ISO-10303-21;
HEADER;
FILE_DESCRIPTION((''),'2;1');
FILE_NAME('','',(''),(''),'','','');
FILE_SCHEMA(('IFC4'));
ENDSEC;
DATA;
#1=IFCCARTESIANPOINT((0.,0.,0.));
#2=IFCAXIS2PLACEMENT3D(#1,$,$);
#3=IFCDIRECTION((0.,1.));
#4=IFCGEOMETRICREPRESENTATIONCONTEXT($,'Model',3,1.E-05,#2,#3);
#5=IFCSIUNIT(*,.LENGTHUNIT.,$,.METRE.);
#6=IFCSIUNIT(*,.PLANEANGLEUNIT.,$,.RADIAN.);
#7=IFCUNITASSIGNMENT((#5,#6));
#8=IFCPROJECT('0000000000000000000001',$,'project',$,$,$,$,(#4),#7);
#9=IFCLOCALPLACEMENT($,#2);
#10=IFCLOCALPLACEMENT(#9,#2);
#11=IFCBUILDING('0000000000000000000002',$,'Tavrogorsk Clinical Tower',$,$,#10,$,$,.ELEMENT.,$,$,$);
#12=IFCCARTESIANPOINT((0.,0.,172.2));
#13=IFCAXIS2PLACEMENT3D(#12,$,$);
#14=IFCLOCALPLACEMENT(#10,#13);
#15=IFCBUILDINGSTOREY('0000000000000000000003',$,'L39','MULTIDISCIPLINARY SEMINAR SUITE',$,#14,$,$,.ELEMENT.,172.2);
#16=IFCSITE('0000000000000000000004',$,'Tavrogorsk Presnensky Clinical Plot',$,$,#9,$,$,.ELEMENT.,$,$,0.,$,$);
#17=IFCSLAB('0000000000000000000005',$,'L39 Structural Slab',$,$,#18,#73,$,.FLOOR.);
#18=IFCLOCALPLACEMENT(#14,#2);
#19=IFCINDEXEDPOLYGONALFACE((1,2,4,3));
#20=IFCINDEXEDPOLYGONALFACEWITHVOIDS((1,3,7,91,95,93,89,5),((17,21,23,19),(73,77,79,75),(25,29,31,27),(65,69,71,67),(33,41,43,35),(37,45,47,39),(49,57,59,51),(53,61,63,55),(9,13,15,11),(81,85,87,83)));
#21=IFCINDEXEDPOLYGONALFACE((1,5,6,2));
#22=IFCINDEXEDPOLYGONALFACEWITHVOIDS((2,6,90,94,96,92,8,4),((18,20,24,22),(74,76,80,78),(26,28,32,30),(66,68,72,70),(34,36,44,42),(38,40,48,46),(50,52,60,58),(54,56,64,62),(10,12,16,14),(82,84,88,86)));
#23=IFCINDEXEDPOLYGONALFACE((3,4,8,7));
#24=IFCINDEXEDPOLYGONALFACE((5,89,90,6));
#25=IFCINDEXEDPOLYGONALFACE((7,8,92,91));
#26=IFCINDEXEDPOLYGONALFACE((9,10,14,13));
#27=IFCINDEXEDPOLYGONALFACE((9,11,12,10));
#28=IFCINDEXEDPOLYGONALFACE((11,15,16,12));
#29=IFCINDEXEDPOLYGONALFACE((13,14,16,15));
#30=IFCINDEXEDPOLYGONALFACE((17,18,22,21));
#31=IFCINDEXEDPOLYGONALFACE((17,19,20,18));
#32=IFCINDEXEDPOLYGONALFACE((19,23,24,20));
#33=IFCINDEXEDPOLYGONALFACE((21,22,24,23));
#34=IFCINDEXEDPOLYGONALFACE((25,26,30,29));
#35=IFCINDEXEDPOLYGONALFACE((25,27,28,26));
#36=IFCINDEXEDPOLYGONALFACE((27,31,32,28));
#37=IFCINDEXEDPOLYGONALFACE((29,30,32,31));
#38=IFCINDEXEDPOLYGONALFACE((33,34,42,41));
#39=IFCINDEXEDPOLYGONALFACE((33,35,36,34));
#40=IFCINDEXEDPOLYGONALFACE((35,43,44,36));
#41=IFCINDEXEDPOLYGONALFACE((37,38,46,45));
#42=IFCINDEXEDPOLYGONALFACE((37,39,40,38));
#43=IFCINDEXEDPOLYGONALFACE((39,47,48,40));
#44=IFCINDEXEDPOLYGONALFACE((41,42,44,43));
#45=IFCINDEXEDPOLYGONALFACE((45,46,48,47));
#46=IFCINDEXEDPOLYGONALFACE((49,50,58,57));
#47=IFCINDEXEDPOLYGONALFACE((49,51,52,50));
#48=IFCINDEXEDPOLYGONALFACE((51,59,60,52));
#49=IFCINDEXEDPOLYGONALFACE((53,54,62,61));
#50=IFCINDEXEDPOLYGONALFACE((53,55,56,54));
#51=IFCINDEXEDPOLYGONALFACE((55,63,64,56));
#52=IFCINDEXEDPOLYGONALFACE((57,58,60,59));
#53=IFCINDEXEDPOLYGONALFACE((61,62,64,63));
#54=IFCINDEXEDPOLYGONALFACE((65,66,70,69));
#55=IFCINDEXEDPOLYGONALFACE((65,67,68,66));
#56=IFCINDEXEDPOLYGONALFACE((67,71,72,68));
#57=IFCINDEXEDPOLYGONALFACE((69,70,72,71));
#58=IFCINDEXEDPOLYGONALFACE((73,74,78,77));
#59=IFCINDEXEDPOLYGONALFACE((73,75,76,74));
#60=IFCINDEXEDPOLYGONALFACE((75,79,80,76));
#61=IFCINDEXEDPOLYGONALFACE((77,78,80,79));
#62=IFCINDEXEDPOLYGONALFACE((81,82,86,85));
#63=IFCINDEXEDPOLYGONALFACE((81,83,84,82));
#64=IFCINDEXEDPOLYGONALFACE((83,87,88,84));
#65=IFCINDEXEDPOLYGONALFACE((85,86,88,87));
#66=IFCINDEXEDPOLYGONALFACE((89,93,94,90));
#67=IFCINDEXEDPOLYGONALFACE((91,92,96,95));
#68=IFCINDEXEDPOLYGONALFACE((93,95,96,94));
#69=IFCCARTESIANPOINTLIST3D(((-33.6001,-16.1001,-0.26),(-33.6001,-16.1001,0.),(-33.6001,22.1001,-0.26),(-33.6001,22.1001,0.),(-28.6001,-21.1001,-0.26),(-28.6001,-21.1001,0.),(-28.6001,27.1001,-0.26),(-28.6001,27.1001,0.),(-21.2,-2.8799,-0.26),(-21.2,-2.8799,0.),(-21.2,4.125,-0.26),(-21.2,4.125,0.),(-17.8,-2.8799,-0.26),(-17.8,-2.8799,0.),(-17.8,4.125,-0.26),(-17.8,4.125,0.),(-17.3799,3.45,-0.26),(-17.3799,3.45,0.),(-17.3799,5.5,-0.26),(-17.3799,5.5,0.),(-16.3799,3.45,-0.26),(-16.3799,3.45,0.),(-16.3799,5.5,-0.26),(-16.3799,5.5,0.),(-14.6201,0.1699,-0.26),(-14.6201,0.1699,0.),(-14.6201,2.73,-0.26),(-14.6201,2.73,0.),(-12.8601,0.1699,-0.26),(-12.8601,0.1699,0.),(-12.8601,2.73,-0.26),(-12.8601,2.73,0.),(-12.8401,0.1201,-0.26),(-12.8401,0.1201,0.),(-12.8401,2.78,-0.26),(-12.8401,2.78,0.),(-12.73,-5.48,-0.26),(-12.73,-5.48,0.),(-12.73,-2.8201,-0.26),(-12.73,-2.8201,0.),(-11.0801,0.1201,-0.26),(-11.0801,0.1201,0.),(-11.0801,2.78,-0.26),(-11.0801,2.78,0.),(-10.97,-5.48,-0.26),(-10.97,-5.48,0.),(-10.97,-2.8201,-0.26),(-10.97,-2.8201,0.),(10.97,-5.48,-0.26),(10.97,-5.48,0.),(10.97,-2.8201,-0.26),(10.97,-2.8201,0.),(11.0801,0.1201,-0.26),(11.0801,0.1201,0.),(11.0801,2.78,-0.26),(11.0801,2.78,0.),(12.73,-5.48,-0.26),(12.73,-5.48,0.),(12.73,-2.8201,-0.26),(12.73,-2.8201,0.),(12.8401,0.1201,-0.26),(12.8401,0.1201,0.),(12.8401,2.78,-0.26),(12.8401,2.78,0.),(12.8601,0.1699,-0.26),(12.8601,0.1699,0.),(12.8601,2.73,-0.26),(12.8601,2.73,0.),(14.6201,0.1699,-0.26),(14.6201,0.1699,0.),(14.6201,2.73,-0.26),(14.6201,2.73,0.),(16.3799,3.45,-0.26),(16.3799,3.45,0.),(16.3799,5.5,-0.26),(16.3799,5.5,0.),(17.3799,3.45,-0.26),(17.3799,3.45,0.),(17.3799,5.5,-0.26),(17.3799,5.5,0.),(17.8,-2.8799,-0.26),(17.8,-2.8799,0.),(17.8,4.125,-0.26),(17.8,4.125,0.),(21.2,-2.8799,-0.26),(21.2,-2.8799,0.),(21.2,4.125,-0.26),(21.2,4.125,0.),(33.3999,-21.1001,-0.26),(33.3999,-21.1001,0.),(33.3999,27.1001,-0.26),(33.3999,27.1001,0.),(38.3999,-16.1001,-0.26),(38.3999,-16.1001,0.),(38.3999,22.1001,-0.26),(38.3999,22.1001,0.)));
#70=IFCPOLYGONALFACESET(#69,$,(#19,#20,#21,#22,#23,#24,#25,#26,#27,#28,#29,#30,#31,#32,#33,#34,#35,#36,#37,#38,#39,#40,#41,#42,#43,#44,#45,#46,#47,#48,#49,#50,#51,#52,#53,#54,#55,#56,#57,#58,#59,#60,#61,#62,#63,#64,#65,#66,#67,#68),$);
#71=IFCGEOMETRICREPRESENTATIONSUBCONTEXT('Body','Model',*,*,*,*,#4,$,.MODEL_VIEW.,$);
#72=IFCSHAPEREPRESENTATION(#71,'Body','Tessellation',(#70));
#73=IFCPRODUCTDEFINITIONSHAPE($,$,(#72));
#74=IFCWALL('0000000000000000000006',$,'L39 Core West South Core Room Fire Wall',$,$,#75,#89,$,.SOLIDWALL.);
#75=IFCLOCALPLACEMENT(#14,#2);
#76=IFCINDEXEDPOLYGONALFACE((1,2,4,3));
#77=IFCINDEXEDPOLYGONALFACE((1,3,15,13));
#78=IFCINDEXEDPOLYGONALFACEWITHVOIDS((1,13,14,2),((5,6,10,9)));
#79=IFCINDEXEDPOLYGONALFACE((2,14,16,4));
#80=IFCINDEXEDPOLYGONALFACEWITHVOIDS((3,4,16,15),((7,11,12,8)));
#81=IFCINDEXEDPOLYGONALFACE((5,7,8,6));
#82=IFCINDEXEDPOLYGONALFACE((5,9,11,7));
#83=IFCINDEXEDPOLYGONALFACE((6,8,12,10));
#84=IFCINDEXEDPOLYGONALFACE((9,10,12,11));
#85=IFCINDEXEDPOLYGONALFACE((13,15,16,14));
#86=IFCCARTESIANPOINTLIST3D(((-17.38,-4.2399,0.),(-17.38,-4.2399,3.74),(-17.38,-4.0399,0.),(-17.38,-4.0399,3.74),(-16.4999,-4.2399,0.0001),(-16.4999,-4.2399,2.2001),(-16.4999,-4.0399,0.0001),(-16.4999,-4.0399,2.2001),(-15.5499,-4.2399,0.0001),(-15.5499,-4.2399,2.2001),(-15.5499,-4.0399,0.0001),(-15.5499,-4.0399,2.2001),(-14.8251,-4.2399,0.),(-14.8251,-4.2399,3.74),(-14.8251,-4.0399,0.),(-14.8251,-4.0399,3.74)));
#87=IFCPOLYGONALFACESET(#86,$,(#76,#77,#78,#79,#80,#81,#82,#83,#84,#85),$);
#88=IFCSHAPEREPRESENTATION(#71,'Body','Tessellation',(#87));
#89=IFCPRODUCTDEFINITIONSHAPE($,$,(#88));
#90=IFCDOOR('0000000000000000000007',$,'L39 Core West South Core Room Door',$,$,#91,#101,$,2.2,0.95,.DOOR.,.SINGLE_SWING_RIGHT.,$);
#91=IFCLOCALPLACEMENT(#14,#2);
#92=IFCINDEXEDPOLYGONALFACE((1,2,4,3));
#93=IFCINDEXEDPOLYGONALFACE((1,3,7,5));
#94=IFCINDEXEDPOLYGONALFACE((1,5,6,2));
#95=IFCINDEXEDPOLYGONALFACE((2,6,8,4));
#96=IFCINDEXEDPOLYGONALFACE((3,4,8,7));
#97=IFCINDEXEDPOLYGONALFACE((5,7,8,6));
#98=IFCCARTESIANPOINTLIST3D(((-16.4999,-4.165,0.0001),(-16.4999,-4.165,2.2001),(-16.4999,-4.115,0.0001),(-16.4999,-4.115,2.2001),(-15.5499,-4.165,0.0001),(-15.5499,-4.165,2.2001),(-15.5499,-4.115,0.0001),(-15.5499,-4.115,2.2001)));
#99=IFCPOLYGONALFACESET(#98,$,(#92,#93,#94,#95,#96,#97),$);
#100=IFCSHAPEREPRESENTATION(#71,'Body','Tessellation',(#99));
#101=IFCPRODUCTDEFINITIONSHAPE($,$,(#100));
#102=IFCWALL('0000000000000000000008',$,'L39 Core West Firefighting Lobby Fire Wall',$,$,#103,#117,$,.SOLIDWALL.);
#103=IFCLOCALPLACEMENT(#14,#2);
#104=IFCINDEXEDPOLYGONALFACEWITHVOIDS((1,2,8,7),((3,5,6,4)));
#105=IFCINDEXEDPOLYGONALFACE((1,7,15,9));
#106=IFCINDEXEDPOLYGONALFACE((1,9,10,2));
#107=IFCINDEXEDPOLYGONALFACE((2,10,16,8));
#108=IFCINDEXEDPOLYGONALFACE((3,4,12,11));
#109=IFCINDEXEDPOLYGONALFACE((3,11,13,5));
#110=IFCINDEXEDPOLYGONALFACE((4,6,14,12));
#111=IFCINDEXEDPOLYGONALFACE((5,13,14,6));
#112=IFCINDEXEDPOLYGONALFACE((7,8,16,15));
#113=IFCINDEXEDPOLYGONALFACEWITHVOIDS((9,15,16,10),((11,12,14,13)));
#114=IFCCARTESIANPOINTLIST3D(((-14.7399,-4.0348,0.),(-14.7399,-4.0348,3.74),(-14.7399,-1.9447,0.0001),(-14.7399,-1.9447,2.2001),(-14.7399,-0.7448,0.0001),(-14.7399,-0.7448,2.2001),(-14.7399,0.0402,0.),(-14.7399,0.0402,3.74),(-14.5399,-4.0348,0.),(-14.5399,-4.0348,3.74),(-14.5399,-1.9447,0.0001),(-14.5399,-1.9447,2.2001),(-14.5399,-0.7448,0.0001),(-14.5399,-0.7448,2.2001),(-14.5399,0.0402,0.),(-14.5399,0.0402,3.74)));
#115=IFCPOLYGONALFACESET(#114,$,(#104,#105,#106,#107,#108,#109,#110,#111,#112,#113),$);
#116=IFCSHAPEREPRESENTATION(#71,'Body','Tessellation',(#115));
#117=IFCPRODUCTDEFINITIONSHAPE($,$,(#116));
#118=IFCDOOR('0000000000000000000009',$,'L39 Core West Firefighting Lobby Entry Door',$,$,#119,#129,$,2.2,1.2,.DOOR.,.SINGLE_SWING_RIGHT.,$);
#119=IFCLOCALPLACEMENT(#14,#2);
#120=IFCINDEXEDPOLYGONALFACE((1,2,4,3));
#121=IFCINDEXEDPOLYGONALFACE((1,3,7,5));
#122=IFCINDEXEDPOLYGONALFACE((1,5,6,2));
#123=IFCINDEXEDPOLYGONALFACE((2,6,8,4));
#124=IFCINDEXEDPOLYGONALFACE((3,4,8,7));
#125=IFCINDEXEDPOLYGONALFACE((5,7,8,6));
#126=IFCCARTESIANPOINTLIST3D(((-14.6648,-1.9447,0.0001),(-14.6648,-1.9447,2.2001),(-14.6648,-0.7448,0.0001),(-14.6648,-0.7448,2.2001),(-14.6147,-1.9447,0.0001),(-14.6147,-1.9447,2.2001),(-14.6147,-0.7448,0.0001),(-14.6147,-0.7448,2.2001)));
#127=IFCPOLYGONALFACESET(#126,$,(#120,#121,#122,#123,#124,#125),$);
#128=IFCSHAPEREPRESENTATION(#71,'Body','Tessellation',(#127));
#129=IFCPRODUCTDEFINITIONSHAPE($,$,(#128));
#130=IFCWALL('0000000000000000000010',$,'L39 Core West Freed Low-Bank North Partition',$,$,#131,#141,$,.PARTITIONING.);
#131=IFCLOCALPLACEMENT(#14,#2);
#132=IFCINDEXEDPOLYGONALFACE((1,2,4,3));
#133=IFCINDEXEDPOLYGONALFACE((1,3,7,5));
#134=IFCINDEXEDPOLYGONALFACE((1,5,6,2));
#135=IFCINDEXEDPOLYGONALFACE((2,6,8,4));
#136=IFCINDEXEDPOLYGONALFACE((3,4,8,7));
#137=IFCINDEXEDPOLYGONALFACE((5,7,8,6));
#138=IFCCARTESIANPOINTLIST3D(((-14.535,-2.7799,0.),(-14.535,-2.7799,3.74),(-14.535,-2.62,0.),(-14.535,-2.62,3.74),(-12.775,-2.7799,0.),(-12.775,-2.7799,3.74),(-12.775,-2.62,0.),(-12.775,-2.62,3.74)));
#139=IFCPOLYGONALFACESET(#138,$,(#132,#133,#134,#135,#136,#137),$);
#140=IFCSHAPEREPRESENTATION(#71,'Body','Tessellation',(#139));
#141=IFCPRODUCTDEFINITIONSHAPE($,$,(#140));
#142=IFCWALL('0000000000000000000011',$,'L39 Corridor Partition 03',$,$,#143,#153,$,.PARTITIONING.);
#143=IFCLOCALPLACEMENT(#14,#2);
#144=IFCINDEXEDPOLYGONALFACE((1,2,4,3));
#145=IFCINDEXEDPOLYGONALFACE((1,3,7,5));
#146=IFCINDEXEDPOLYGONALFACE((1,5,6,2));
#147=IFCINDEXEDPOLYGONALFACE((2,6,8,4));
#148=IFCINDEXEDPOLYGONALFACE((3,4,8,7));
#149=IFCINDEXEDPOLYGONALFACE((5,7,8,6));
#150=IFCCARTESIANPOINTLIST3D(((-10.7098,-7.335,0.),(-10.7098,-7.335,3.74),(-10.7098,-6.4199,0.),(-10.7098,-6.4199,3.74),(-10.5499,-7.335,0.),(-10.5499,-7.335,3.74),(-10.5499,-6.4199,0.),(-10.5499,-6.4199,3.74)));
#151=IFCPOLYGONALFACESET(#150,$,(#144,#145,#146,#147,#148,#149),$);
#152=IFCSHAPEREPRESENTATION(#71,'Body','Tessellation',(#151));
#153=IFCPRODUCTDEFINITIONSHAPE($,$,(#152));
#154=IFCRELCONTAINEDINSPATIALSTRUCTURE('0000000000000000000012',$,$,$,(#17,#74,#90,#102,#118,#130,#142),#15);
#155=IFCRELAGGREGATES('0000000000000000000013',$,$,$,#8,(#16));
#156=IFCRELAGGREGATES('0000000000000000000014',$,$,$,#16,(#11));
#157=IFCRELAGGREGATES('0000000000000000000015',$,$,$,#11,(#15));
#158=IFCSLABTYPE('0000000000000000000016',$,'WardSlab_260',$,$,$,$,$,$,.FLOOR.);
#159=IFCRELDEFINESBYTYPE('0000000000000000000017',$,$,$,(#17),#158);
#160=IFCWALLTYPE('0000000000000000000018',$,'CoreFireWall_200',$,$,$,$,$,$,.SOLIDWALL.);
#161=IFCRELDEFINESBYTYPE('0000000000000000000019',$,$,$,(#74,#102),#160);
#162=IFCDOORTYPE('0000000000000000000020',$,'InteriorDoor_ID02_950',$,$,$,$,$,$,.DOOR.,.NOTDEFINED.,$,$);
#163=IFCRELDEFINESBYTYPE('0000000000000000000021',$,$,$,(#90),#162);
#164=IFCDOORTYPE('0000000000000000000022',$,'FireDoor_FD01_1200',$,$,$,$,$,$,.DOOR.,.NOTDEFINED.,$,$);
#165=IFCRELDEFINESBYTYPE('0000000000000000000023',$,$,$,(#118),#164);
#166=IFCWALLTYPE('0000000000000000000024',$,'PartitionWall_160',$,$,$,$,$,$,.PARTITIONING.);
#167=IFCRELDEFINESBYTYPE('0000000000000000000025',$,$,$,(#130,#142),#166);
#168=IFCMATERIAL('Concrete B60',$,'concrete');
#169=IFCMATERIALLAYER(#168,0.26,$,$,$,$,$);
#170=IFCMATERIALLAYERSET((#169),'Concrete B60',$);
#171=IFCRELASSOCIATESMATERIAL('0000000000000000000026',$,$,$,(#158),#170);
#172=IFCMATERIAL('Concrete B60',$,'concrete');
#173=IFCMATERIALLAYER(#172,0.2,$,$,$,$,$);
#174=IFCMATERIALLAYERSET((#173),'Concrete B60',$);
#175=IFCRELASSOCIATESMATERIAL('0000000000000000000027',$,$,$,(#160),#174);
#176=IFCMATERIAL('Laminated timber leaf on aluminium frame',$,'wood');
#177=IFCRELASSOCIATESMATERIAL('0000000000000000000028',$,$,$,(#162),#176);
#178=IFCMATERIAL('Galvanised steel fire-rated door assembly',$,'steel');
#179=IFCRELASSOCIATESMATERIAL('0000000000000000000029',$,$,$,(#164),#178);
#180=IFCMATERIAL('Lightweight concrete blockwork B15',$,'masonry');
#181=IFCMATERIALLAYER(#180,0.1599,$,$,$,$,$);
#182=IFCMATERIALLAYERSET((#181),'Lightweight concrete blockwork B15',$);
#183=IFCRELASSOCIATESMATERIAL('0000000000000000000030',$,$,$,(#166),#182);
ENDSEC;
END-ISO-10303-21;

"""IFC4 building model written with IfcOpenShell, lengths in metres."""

from ifc_helpers import new_model, si_unit, direction, frame, frame_2d, origin, place, context, subcontext, project, spatial, polyline, rectangle, outline, extrude, material, layer, layer_set, type_object, element, fill, save


model = new_model("IFC4")

# Units and contexts
model_context = context("Model", 3, precision=1e-05, world=origin(), true_north=direction((0.0, 1.0)))
body_context = subcontext(model_context, "Body", "Model", "MODEL_VIEW")
ifc_project = project(units=[si_unit("LENGTHUNIT", "METRE"), si_unit("PLANEANGLEUNIT", "RADIAN")], contexts=[model_context])

# Site, building, storey
site_placement = place(None, origin())
site = spatial("IfcSite", under=ifc_project, at=site_placement, Name="Tavrogorsk Presnensky Clinical Plot", CompositionType="ELEMENT", RefElevation=0.0)
building_placement = place(site_placement, origin())
building = spatial("IfcBuilding", under=site, at=building_placement, Name="Tavrogorsk Clinical Tower", CompositionType="ELEMENT")
storey_placement = place(building_placement, frame((0.0, 0.0, 172.2)))
storey = spatial("IfcBuildingStorey", under=building, at=storey_placement, Name="L39", Description="MULTIDISCIPLINARY SEMINAR SUITE", CompositionType="ELEMENT", Elevation=172.2)

# Slab
ifc_material_1 = material(Name="Concrete B60", Category="concrete")
ifc_layer_1 = layer(ifc_material_1, 0.26)
ifc_layer_set_1 = layer_set([ifc_layer_1], Name="Concrete B60")
slab_type_1 = type_object("IfcSlabType", Name="WardSlab_260", PredefinedType="FLOOR", material=ifc_layer_set_1)
slab_1_placement = place(storey_placement, frame((0.0, 0.0, -0.26)))
element("IfcSlab", 1, at=slab_1_placement, inside=storey, type_object=slab_type_1, Name="L39 Structural Slab", PredefinedType="FLOOR", context=body_context, shape_type="SweptSolid", body=[
    extrude(outline(polyline([(-28.6001, -21.1001), (33.3999, -21.1001), (38.3999, -16.1001), (38.3999, 22.1001), (33.3999, 27.1001), (-28.6001, 27.1001), (-33.6001, 22.1001), (-33.6001, -16.1001), (-28.6001, -21.1001)]), holes=[polyline([(-17.8, -2.8799), (-17.8, 4.125), (-21.2, 4.125), (-21.2, -2.8799), (-17.8, -2.8799)]), polyline([(21.2, -2.8799), (21.2, 4.125), (17.8, 4.125), (17.8, -2.8799), (21.2, -2.8799)]), polyline([(-14.6201, 0.1699), (-12.8601, 0.1699), (-12.8601, 2.73), (-14.6201, 2.73), (-14.6201, 0.1699)]), polyline([(-12.73, -5.48), (-10.97, -5.48), (-10.97, -2.8201), (-12.73, -2.8201), (-12.73, -5.48)]), polyline([(-12.8401, 0.1201), (-11.0801, 0.1201), (-11.0801, 2.78), (-12.8401, 2.78), (-12.8401, 0.1201)]), polyline([(12.8601, 0.1699), (14.6201, 0.1699), (14.6201, 2.73), (12.8601, 2.73), (12.8601, 0.1699)]), polyline([(10.97, -5.48), (12.73, -5.48), (12.73, -2.8201), (10.97, -2.8201), (10.97, -5.48)]), polyline([(11.0801, 0.1201), (12.8401, 0.1201), (12.8401, 2.78), (11.0801, 2.78), (11.0801, 0.1201)]), polyline([(-17.3799, 3.45), (-16.3799, 3.45), (-16.3799, 5.5), (-17.3799, 5.5), (-17.3799, 3.45)]), polyline([(16.3799, 3.45), (17.3799, 3.45), (17.3799, 5.5), (16.3799, 5.5), (16.3799, 3.45)])]), origin(), (0.0, 0.0, 1.0), 0.26),
])

# Walls, openings, doors
ifc_material_2 = material(Name="Concrete B60", Category="concrete")
ifc_layer_2 = layer(ifc_material_2, 0.2)
ifc_layer_set_2 = layer_set([ifc_layer_2], Name="Concrete B60")
wall_type_1 = type_object("IfcWallType", Name="CoreFireWall_200", PredefinedType="SOLIDWALL", material=ifc_layer_set_2)
wall_1_placement = place(storey_placement, frame((-17.3799, -4.1399, 0.0), z_axis=(0.0, 0.0, 1.0), x_axis=(1.0, 0.0, 0.0)))
wall_1 = element("IfcWall", 2, at=wall_1_placement, inside=storey, type_object=wall_type_1, Name="L39 Core West South Core Room Fire Wall", PredefinedType="SOLIDWALL", context=body_context, shape_type="SweptSolid", body=[
    extrude(rectangle(XDim=2.5549, YDim=0.2, at=frame_2d((1.2773, 0.0))), origin(), (0.0, 0.0, 1.0), 3.74),
])
opening_1_placement = place(wall_1_placement, frame((0.8799, 0.0, 0.0)))
opening_1 = element("IfcOpeningElement", 3, at=opening_1_placement, cuts=wall_1, PredefinedType="OPENING", context=body_context, shape_type="SweptSolid", body=[
    extrude(rectangle(XDim=0.95, YDim=2.2, at=frame_2d((0.4751, 1.1001))), frame((0.0, 0.1099, 0.0), z_axis=(0.0, -1.0, 0.0), x_axis=(1.0, 0.0, 0.0)), (0.0, 0.0, 1.0), 0.22),
])
ifc_material_3 = material(Name="Laminated timber leaf on aluminium frame", Category="wood")
door_type_1 = type_object("IfcDoorType", Name="InteriorDoor_ID02_950", OperationType="NOTDEFINED", PredefinedType="DOOR", material=ifc_material_3)
door_1_placement = place(opening_1_placement, origin())
door_1 = element("IfcDoor", 4, at=door_1_placement, inside=storey, type_object=door_type_1, Name="L39 Core West South Core Room Door", OperationType="SINGLE_SWING_RIGHT", OverallHeight=2.2, OverallWidth=0.95, PredefinedType="DOOR", context=body_context, shape_type="SweptSolid", body=[
    extrude(rectangle(XDim=0.95, YDim=2.2, at=frame_2d((0.4751, 1.1001))), frame((0.0, 0.0249, 0.0), z_axis=(0.0, -1.0, 0.0), x_axis=(1.0, 0.0, 0.0)), (0.0, 0.0, 1.0), 0.05),
])
fill(opening_1, door_1)
wall_2_placement = place(storey_placement, frame((-14.6399, -4.0349, 0.0), z_axis=(0.0, 0.0, 1.0), x_axis=(0.0, 1.0, 0.0)))
wall_2 = element("IfcWall", 5, at=wall_2_placement, inside=storey, type_object=wall_type_1, Name="L39 Core West Firefighting Lobby Fire Wall", PredefinedType="SOLIDWALL", context=body_context, shape_type="SweptSolid", body=[
    extrude(rectangle(XDim=4.075, YDim=0.2, at=frame_2d((2.0376, 0.0))), origin(), (0.0, 0.0, 1.0), 3.74),
])
opening_2_placement = place(wall_2_placement, frame((2.0901, 0.0, 0.0)))
opening_2 = element("IfcOpeningElement", 6, at=opening_2_placement, cuts=wall_2, PredefinedType="OPENING", context=body_context, shape_type="SweptSolid", body=[
    extrude(rectangle(XDim=1.2, YDim=2.2, at=frame_2d((0.6001, 1.1001))), frame((0.0, 0.1099, 0.0), z_axis=(0.0, -1.0, 0.0), x_axis=(1.0, 0.0, 0.0)), (0.0, 0.0, 1.0), 0.22),
])
ifc_material_4 = material(Name="Galvanised steel fire-rated door assembly", Category="steel")
door_type_2 = type_object("IfcDoorType", Name="FireDoor_FD01_1200", OperationType="NOTDEFINED", PredefinedType="DOOR", material=ifc_material_4)
door_2_placement = place(opening_2_placement, origin())
door_2 = element("IfcDoor", 7, at=door_2_placement, inside=storey, type_object=door_type_2, Name="L39 Core West Firefighting Lobby Entry Door", OperationType="SINGLE_SWING_RIGHT", OverallHeight=2.2, OverallWidth=1.2, PredefinedType="DOOR", context=body_context, shape_type="SweptSolid", body=[
    extrude(rectangle(XDim=1.2, YDim=2.2, at=frame_2d((0.6001, 1.1001))), frame((0.0, 0.0249, 0.0), z_axis=(0.0, -1.0, 0.0), x_axis=(1.0, 0.0, 0.0)), (0.0, 0.0, 1.0), 0.05),
])
fill(opening_2, door_2)

# Walls
ifc_material_5 = material(Name="Lightweight concrete blockwork B15", Category="masonry")
ifc_layer_3 = layer(ifc_material_5, 0.1599)
ifc_layer_set_3 = layer_set([ifc_layer_3], Name="Lightweight concrete blockwork B15")
wall_type_2 = type_object("IfcWallType", Name="PartitionWall_160", PredefinedType="PARTITIONING", material=ifc_layer_set_3)
wall_3_placement = place(storey_placement, frame((-14.5349, -2.7, 0.0), z_axis=(0.0, 0.0, 1.0), x_axis=(1.0, 0.0, 0.0)))
element("IfcWall", 8, at=wall_3_placement, inside=storey, type_object=wall_type_2, Name="L39 Core West Freed Low-Bank North Partition", PredefinedType="PARTITIONING", context=body_context, shape_type="SweptSolid", body=[
    extrude(rectangle(XDim=1.76, YDim=0.1599, at=frame_2d((0.8799, 0.0))), origin(), (0.0, 0.0, 1.0), 3.74),
])
wall_4_placement = place(storey_placement, frame((-10.6299, -7.335, 0.0), z_axis=(0.0, 0.0, 1.0), x_axis=(0.0, 1.0, 0.0)))
element("IfcWall", 9, at=wall_4_placement, inside=storey, type_object=wall_type_2, Name="L39 Corridor Partition 03", PredefinedType="PARTITIONING", context=body_context, shape_type="SweptSolid", body=[
    extrude(rectangle(XDim=0.915, YDim=0.1599, at=frame_2d((0.4575, 0.0))), origin(), (0.0, 0.0, 1.0), 3.74),
])

save(model, "model.ifc")
